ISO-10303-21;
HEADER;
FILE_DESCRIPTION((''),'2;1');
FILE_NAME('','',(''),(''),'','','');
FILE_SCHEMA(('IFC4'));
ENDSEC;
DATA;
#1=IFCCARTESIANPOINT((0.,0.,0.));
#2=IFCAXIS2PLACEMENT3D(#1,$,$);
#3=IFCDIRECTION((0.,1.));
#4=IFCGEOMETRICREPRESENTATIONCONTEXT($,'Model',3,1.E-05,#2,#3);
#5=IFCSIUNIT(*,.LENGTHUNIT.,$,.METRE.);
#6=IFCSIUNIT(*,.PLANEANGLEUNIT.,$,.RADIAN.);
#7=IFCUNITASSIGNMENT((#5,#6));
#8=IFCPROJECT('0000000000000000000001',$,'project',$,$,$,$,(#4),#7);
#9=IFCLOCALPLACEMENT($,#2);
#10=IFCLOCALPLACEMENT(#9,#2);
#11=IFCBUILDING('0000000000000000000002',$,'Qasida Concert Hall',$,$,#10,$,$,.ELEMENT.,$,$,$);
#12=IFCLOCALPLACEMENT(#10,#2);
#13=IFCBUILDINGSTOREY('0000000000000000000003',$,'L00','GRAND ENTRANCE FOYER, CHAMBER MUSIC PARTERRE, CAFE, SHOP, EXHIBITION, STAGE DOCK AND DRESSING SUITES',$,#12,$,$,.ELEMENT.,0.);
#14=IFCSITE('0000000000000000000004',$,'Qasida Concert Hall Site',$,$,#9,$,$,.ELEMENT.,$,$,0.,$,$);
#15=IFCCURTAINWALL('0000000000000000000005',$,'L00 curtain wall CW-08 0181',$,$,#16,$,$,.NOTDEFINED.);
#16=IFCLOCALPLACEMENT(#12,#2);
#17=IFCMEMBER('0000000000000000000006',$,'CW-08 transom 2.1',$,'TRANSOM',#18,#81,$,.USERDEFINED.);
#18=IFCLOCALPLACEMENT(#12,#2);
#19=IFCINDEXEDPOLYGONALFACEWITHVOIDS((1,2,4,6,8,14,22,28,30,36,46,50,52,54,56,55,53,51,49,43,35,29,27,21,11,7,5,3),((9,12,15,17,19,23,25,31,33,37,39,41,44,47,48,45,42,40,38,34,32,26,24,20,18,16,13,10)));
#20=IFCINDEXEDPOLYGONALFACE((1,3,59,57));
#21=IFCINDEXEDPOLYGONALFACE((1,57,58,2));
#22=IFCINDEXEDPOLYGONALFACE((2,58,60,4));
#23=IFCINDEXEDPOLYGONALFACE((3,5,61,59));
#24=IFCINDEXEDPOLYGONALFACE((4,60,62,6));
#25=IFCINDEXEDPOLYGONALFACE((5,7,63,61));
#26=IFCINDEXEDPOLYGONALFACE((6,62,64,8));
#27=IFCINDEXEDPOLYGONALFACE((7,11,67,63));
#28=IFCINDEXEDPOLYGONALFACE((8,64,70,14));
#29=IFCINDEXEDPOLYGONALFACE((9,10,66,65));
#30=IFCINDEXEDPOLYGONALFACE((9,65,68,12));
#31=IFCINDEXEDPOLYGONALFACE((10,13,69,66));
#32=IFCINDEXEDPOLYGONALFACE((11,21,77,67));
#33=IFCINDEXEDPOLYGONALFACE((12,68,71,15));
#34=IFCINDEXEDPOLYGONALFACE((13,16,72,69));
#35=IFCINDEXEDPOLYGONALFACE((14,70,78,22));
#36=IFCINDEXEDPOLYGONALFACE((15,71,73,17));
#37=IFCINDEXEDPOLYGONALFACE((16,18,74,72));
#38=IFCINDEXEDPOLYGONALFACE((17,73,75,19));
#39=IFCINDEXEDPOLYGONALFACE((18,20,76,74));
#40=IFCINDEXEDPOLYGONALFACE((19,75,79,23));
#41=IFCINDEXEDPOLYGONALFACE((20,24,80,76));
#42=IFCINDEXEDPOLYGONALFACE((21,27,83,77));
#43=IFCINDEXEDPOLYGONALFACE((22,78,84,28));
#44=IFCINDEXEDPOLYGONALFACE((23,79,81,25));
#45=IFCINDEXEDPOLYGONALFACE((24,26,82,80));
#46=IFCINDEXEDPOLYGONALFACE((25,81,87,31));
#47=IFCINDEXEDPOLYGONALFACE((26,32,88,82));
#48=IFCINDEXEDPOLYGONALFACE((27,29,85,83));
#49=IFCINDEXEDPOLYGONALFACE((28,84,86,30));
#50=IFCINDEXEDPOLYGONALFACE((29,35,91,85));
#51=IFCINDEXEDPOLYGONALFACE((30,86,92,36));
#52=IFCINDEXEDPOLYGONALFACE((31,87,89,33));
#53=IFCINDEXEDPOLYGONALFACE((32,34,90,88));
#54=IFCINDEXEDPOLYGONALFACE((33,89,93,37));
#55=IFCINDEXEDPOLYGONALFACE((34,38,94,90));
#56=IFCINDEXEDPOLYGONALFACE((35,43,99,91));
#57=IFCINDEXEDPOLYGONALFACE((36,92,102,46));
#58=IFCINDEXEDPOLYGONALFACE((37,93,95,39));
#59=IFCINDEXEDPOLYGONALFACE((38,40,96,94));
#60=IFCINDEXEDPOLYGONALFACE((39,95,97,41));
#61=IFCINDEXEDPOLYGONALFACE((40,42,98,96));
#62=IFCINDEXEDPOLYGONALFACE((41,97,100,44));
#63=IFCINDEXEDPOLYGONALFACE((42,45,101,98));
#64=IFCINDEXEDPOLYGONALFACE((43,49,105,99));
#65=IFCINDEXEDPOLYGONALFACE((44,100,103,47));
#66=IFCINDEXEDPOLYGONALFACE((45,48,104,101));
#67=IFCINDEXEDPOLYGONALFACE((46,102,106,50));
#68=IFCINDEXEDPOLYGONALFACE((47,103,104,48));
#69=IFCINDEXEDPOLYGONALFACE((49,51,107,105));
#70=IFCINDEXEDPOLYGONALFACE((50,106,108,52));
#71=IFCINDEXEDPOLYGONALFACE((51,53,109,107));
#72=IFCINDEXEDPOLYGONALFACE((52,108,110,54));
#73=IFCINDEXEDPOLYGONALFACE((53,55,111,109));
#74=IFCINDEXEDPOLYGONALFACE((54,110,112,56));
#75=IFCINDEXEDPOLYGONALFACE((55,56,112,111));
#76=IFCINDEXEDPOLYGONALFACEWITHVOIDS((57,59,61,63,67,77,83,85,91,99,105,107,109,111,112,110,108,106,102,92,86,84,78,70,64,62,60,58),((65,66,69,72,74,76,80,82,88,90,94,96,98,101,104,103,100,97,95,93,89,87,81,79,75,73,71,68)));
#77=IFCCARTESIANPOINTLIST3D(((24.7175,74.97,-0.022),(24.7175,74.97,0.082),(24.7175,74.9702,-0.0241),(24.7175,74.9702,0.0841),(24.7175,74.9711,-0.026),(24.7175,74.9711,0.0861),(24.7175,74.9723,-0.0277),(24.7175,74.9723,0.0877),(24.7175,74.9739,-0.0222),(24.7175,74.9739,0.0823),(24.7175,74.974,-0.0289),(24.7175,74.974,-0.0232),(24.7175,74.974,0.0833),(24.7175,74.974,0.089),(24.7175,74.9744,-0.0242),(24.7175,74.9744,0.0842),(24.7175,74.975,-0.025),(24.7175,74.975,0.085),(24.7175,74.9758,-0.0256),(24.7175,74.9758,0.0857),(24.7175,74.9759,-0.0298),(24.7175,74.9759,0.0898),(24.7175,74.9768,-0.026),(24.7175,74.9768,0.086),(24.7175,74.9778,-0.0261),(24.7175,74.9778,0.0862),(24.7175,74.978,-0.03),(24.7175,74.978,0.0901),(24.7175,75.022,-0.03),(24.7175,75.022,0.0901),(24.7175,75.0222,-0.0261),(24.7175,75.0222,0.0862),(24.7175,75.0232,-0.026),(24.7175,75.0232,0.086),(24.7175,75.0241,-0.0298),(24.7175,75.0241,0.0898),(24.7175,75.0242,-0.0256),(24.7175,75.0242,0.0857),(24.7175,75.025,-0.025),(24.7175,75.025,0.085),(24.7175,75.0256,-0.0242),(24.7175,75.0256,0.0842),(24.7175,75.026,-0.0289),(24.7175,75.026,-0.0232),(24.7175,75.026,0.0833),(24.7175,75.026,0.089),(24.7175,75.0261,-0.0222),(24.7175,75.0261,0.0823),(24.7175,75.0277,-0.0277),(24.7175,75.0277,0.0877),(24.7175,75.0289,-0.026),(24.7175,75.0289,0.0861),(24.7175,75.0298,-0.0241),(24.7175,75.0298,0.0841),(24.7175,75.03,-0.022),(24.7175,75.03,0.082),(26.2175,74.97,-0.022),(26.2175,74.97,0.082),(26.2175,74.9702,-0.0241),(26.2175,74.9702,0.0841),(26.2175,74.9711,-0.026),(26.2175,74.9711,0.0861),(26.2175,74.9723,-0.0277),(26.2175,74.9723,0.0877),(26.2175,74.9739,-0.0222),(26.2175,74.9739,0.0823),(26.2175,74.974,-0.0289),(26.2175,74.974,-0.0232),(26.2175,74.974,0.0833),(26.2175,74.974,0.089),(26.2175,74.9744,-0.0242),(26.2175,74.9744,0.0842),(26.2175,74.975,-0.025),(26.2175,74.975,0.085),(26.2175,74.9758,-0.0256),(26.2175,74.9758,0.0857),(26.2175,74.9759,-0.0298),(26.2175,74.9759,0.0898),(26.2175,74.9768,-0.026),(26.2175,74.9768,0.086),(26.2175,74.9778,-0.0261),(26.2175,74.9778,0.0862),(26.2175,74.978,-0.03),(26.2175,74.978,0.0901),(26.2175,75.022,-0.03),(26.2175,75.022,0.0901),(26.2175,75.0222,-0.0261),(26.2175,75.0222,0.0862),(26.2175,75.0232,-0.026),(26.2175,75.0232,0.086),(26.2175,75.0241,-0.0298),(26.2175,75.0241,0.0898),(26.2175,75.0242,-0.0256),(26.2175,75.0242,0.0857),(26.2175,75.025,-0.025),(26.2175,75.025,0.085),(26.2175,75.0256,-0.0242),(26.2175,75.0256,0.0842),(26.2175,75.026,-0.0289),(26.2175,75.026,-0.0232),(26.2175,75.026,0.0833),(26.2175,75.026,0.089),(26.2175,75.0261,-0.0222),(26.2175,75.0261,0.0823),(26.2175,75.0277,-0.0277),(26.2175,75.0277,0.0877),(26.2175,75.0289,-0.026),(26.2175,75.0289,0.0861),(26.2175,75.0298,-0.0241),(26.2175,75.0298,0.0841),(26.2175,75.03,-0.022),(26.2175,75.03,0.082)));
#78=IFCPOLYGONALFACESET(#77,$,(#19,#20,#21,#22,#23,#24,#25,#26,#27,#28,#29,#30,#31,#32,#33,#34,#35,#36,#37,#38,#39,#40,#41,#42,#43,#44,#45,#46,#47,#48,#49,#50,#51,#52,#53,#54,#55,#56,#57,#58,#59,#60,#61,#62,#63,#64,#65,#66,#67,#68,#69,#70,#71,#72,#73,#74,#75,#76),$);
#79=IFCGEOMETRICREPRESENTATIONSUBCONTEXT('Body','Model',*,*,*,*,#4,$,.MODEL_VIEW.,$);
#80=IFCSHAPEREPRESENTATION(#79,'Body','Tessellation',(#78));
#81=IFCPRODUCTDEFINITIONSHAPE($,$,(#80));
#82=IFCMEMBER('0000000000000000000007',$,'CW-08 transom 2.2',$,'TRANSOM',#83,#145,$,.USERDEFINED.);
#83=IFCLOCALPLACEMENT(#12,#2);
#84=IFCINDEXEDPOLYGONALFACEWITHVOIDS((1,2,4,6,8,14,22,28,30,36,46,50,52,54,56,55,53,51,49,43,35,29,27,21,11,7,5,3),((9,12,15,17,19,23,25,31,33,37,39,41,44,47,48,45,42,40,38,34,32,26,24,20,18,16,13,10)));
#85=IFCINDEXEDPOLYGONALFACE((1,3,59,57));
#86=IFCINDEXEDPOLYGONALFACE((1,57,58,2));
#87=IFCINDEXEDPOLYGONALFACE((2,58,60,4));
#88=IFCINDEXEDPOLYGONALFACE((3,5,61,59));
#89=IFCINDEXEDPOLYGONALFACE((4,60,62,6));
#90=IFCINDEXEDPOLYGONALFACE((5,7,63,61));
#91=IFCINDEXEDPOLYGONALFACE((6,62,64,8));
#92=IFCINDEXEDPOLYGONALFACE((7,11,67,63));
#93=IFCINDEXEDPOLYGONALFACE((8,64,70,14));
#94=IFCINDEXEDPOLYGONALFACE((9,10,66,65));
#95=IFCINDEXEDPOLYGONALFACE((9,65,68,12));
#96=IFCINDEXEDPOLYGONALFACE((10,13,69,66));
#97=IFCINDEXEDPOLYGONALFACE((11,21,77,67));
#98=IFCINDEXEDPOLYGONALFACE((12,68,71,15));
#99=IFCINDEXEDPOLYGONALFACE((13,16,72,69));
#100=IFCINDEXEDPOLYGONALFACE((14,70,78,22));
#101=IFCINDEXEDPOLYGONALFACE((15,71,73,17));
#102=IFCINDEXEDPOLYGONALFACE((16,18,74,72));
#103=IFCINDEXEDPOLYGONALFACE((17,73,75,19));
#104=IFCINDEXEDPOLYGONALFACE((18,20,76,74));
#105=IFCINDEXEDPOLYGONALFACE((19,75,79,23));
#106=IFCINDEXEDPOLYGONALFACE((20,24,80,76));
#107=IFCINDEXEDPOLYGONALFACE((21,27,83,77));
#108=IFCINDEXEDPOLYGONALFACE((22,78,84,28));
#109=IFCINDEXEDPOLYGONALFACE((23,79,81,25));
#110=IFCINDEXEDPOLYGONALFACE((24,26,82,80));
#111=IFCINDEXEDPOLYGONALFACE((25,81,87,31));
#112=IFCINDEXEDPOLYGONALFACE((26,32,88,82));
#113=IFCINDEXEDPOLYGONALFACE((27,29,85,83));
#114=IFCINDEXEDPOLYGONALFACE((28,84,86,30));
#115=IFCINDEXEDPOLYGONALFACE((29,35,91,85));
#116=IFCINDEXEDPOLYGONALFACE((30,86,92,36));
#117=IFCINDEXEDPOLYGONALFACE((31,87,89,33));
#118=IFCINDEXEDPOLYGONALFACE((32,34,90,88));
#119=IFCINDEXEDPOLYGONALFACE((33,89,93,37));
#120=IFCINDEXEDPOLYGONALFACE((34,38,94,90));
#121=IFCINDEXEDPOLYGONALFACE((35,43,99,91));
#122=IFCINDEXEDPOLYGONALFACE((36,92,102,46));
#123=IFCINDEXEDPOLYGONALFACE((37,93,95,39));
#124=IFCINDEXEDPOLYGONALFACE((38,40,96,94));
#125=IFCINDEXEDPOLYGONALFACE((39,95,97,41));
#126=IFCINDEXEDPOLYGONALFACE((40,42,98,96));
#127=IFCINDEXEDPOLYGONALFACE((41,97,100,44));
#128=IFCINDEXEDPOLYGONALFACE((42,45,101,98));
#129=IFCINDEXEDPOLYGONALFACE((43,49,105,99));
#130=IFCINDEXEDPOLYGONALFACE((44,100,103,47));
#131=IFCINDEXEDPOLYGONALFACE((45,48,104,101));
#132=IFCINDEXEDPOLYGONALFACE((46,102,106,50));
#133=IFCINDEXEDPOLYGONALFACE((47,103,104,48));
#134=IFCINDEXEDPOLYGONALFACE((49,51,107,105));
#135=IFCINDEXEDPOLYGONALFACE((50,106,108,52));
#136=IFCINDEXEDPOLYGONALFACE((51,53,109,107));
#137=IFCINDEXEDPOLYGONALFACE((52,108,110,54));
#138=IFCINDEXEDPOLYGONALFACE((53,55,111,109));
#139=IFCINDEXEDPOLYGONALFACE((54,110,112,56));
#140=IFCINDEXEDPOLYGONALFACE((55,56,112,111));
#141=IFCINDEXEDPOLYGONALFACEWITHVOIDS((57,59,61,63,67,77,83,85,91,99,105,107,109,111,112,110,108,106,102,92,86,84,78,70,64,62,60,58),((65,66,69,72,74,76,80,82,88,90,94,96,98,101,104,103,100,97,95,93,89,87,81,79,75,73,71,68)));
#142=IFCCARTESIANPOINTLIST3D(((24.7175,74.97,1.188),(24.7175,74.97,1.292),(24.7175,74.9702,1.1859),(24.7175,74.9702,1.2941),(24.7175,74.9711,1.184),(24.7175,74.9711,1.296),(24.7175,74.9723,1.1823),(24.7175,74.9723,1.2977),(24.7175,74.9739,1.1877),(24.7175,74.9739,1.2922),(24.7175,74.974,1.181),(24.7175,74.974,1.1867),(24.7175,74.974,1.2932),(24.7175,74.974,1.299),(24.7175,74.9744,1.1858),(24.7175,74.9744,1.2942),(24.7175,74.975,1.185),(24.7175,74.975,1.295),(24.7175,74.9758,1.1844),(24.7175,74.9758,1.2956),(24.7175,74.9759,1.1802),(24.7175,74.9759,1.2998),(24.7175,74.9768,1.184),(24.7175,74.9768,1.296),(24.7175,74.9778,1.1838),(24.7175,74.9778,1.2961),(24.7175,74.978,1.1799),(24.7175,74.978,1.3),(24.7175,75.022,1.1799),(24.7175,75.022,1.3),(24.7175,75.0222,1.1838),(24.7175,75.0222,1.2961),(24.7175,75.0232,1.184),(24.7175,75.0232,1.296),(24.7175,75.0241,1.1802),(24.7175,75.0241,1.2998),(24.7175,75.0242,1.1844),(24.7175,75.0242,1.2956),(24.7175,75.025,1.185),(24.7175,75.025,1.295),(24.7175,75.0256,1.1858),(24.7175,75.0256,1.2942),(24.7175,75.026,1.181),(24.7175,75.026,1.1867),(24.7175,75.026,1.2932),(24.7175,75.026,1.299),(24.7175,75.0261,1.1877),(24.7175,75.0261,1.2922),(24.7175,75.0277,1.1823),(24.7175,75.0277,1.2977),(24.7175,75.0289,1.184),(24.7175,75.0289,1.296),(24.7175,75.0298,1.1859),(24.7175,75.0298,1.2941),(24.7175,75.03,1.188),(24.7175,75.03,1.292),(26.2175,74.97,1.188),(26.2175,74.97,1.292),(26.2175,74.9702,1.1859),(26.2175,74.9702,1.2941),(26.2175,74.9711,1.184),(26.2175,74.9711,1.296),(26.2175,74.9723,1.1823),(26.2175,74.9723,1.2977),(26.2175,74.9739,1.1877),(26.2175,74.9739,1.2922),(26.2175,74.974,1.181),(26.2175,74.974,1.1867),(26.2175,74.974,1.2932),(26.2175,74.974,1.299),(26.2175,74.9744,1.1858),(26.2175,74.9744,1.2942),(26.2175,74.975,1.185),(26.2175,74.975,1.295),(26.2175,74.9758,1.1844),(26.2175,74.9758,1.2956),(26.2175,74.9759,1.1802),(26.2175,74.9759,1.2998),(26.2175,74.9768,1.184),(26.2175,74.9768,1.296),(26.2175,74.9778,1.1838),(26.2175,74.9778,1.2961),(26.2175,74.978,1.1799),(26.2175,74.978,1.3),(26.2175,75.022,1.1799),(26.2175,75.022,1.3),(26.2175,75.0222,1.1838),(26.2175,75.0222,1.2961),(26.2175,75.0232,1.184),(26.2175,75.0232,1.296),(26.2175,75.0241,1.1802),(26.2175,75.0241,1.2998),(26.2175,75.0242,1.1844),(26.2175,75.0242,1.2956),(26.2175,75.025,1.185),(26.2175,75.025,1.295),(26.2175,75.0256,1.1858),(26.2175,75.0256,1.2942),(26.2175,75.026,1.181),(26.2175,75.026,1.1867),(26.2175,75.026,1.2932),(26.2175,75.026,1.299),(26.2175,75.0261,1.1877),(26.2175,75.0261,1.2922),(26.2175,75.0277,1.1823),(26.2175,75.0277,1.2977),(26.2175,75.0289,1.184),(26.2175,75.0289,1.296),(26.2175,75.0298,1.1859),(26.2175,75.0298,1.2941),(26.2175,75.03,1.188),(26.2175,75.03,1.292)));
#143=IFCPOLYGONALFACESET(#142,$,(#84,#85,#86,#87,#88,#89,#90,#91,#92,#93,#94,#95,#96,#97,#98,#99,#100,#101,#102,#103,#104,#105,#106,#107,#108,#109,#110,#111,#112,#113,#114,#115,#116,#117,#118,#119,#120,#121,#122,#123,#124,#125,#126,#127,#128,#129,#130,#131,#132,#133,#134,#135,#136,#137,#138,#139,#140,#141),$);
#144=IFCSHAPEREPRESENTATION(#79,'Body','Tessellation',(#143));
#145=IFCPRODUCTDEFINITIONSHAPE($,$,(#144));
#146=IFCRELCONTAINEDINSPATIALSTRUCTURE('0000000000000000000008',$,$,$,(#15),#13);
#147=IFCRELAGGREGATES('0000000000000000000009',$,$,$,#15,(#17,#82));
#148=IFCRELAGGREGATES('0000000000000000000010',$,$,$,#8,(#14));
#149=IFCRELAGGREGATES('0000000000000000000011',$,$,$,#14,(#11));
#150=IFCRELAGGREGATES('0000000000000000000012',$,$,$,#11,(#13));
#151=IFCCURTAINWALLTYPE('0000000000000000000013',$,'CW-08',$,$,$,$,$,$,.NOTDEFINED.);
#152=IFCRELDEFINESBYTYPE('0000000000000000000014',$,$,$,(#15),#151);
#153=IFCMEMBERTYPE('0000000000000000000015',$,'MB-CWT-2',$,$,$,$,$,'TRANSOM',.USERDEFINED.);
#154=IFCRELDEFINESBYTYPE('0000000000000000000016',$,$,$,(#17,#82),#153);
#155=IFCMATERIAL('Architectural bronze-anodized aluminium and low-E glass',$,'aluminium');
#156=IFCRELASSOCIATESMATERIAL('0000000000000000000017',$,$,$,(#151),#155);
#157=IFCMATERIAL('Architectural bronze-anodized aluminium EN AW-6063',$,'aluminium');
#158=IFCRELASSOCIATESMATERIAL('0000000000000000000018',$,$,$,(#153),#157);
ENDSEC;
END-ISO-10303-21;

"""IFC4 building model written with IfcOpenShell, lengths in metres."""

from ifc_helpers import new_model, si_unit, direction, frame, origin, origin_2d, place, context, subcontext, project, spatial, hollow_rectangle, extrude, material, material_profile, profile_set, type_object, element, aggregate, save


model = new_model("IFC4")

# Units and contexts
model_context = context("Model", 3, precision=1e-05, world=origin(), true_north=direction((0.0, 1.0)))
body_context = subcontext(model_context, "Body", "Model", "MODEL_VIEW")
ifc_project = project(units=[si_unit("LENGTHUNIT", "METRE"), si_unit("PLANEANGLEUNIT", "RADIAN")], contexts=[model_context])

# Site, building, storey
site_placement = place(None, origin())
site = spatial("IfcSite", under=ifc_project, at=site_placement, Name="Qasida Concert Hall Site", CompositionType="ELEMENT", RefElevation=0.0)
building_placement = place(site_placement, origin())
building = spatial("IfcBuilding", under=site, at=building_placement, Name="Qasida Concert Hall", CompositionType="ELEMENT")
storey_placement = place(building_placement, origin())
storey = spatial("IfcBuildingStorey", under=building, at=storey_placement, Name="L00", Description="GRAND ENTRANCE FOYER, CHAMBER MUSIC PARTERRE, CAFE, SHOP, EXHIBITION, STAGE DOCK AND DRESSING SUITES", CompositionType="ELEMENT", Elevation=0.0)

# Shared definitions
ifc_material_1 = material(Name="Architectural bronze-anodized aluminium and low-E glass", Category="aluminium")
curtain_wall_type = type_object("IfcCurtainWallType", Name="CW-08", PredefinedType="NOTDEFINED", material=ifc_material_1)
ifc_material_2 = material(Name="Architectural bronze-anodized aluminium EN AW-6063", Category="aluminium")

# Curtain wall, members
curtain_wall_1_placement = place(storey_placement, origin())
curtain_wall_1 = element("IfcCurtainWall", 1, at=curtain_wall_1_placement, inside=storey, type_object=curtain_wall_type, Name="L00 curtain wall CW-08 0181", PredefinedType="NOTDEFINED")
ifc_material_profile_1 = material_profile(ifc_material_2, hollow_rectangle(XDim=0.0601, YDim=0.1201, WallThickness=0.0039, InnerFilletRadius=0.0039, OuterFilletRadius=0.0081, at=origin_2d()), Name="CWT 120x60x4")
ifc_profile_set_1 = profile_set([ifc_material_profile_1], Name="Architectural bronze-anodized aluminium EN AW-6063")
member_type_1 = type_object("IfcMemberType", Name="MB-CWT-2", ElementType="TRANSOM", PredefinedType="USERDEFINED", material=ifc_profile_set_1)
member_1_placement = place(storey_placement, frame((24.7175, 75.0, 0.03), z_axis=(1.0, 0.0, 0.0), x_axis=(0.0, 1.0, 0.0)))
member_1 = element("IfcMember", 2, at=member_1_placement, type_object=member_type_1, Name="CW-08 transom 2.1", ObjectType="TRANSOM", PredefinedType="USERDEFINED", context=body_context, shape_type="SweptSolid", body=[
    extrude(hollow_rectangle(XDim=0.0601, YDim=0.1201, WallThickness=0.0039, InnerFilletRadius=0.0039, OuterFilletRadius=0.0081, at=origin_2d()), origin(), (0.0, 0.0, 1.0), 1.5),
])
member_2_placement = place(storey_placement, frame((24.7175, 75.0, 1.24), z_axis=(1.0, 0.0, 0.0), x_axis=(0.0, 1.0, 0.0)))
member_2 = element("IfcMember", 3, at=member_2_placement, type_object=member_type_1, Name="CW-08 transom 2.2", ObjectType="TRANSOM", PredefinedType="USERDEFINED", context=body_context, shape_type="SweptSolid", body=[
    extrude(hollow_rectangle(XDim=0.0601, YDim=0.1201, WallThickness=0.0039, InnerFilletRadius=0.0039, OuterFilletRadius=0.0081, at=origin_2d()), origin(), (0.0, 0.0, 1.0), 1.5),
])

aggregate(curtain_wall_1, [member_1, member_2])

save(model, "model.ifc")
